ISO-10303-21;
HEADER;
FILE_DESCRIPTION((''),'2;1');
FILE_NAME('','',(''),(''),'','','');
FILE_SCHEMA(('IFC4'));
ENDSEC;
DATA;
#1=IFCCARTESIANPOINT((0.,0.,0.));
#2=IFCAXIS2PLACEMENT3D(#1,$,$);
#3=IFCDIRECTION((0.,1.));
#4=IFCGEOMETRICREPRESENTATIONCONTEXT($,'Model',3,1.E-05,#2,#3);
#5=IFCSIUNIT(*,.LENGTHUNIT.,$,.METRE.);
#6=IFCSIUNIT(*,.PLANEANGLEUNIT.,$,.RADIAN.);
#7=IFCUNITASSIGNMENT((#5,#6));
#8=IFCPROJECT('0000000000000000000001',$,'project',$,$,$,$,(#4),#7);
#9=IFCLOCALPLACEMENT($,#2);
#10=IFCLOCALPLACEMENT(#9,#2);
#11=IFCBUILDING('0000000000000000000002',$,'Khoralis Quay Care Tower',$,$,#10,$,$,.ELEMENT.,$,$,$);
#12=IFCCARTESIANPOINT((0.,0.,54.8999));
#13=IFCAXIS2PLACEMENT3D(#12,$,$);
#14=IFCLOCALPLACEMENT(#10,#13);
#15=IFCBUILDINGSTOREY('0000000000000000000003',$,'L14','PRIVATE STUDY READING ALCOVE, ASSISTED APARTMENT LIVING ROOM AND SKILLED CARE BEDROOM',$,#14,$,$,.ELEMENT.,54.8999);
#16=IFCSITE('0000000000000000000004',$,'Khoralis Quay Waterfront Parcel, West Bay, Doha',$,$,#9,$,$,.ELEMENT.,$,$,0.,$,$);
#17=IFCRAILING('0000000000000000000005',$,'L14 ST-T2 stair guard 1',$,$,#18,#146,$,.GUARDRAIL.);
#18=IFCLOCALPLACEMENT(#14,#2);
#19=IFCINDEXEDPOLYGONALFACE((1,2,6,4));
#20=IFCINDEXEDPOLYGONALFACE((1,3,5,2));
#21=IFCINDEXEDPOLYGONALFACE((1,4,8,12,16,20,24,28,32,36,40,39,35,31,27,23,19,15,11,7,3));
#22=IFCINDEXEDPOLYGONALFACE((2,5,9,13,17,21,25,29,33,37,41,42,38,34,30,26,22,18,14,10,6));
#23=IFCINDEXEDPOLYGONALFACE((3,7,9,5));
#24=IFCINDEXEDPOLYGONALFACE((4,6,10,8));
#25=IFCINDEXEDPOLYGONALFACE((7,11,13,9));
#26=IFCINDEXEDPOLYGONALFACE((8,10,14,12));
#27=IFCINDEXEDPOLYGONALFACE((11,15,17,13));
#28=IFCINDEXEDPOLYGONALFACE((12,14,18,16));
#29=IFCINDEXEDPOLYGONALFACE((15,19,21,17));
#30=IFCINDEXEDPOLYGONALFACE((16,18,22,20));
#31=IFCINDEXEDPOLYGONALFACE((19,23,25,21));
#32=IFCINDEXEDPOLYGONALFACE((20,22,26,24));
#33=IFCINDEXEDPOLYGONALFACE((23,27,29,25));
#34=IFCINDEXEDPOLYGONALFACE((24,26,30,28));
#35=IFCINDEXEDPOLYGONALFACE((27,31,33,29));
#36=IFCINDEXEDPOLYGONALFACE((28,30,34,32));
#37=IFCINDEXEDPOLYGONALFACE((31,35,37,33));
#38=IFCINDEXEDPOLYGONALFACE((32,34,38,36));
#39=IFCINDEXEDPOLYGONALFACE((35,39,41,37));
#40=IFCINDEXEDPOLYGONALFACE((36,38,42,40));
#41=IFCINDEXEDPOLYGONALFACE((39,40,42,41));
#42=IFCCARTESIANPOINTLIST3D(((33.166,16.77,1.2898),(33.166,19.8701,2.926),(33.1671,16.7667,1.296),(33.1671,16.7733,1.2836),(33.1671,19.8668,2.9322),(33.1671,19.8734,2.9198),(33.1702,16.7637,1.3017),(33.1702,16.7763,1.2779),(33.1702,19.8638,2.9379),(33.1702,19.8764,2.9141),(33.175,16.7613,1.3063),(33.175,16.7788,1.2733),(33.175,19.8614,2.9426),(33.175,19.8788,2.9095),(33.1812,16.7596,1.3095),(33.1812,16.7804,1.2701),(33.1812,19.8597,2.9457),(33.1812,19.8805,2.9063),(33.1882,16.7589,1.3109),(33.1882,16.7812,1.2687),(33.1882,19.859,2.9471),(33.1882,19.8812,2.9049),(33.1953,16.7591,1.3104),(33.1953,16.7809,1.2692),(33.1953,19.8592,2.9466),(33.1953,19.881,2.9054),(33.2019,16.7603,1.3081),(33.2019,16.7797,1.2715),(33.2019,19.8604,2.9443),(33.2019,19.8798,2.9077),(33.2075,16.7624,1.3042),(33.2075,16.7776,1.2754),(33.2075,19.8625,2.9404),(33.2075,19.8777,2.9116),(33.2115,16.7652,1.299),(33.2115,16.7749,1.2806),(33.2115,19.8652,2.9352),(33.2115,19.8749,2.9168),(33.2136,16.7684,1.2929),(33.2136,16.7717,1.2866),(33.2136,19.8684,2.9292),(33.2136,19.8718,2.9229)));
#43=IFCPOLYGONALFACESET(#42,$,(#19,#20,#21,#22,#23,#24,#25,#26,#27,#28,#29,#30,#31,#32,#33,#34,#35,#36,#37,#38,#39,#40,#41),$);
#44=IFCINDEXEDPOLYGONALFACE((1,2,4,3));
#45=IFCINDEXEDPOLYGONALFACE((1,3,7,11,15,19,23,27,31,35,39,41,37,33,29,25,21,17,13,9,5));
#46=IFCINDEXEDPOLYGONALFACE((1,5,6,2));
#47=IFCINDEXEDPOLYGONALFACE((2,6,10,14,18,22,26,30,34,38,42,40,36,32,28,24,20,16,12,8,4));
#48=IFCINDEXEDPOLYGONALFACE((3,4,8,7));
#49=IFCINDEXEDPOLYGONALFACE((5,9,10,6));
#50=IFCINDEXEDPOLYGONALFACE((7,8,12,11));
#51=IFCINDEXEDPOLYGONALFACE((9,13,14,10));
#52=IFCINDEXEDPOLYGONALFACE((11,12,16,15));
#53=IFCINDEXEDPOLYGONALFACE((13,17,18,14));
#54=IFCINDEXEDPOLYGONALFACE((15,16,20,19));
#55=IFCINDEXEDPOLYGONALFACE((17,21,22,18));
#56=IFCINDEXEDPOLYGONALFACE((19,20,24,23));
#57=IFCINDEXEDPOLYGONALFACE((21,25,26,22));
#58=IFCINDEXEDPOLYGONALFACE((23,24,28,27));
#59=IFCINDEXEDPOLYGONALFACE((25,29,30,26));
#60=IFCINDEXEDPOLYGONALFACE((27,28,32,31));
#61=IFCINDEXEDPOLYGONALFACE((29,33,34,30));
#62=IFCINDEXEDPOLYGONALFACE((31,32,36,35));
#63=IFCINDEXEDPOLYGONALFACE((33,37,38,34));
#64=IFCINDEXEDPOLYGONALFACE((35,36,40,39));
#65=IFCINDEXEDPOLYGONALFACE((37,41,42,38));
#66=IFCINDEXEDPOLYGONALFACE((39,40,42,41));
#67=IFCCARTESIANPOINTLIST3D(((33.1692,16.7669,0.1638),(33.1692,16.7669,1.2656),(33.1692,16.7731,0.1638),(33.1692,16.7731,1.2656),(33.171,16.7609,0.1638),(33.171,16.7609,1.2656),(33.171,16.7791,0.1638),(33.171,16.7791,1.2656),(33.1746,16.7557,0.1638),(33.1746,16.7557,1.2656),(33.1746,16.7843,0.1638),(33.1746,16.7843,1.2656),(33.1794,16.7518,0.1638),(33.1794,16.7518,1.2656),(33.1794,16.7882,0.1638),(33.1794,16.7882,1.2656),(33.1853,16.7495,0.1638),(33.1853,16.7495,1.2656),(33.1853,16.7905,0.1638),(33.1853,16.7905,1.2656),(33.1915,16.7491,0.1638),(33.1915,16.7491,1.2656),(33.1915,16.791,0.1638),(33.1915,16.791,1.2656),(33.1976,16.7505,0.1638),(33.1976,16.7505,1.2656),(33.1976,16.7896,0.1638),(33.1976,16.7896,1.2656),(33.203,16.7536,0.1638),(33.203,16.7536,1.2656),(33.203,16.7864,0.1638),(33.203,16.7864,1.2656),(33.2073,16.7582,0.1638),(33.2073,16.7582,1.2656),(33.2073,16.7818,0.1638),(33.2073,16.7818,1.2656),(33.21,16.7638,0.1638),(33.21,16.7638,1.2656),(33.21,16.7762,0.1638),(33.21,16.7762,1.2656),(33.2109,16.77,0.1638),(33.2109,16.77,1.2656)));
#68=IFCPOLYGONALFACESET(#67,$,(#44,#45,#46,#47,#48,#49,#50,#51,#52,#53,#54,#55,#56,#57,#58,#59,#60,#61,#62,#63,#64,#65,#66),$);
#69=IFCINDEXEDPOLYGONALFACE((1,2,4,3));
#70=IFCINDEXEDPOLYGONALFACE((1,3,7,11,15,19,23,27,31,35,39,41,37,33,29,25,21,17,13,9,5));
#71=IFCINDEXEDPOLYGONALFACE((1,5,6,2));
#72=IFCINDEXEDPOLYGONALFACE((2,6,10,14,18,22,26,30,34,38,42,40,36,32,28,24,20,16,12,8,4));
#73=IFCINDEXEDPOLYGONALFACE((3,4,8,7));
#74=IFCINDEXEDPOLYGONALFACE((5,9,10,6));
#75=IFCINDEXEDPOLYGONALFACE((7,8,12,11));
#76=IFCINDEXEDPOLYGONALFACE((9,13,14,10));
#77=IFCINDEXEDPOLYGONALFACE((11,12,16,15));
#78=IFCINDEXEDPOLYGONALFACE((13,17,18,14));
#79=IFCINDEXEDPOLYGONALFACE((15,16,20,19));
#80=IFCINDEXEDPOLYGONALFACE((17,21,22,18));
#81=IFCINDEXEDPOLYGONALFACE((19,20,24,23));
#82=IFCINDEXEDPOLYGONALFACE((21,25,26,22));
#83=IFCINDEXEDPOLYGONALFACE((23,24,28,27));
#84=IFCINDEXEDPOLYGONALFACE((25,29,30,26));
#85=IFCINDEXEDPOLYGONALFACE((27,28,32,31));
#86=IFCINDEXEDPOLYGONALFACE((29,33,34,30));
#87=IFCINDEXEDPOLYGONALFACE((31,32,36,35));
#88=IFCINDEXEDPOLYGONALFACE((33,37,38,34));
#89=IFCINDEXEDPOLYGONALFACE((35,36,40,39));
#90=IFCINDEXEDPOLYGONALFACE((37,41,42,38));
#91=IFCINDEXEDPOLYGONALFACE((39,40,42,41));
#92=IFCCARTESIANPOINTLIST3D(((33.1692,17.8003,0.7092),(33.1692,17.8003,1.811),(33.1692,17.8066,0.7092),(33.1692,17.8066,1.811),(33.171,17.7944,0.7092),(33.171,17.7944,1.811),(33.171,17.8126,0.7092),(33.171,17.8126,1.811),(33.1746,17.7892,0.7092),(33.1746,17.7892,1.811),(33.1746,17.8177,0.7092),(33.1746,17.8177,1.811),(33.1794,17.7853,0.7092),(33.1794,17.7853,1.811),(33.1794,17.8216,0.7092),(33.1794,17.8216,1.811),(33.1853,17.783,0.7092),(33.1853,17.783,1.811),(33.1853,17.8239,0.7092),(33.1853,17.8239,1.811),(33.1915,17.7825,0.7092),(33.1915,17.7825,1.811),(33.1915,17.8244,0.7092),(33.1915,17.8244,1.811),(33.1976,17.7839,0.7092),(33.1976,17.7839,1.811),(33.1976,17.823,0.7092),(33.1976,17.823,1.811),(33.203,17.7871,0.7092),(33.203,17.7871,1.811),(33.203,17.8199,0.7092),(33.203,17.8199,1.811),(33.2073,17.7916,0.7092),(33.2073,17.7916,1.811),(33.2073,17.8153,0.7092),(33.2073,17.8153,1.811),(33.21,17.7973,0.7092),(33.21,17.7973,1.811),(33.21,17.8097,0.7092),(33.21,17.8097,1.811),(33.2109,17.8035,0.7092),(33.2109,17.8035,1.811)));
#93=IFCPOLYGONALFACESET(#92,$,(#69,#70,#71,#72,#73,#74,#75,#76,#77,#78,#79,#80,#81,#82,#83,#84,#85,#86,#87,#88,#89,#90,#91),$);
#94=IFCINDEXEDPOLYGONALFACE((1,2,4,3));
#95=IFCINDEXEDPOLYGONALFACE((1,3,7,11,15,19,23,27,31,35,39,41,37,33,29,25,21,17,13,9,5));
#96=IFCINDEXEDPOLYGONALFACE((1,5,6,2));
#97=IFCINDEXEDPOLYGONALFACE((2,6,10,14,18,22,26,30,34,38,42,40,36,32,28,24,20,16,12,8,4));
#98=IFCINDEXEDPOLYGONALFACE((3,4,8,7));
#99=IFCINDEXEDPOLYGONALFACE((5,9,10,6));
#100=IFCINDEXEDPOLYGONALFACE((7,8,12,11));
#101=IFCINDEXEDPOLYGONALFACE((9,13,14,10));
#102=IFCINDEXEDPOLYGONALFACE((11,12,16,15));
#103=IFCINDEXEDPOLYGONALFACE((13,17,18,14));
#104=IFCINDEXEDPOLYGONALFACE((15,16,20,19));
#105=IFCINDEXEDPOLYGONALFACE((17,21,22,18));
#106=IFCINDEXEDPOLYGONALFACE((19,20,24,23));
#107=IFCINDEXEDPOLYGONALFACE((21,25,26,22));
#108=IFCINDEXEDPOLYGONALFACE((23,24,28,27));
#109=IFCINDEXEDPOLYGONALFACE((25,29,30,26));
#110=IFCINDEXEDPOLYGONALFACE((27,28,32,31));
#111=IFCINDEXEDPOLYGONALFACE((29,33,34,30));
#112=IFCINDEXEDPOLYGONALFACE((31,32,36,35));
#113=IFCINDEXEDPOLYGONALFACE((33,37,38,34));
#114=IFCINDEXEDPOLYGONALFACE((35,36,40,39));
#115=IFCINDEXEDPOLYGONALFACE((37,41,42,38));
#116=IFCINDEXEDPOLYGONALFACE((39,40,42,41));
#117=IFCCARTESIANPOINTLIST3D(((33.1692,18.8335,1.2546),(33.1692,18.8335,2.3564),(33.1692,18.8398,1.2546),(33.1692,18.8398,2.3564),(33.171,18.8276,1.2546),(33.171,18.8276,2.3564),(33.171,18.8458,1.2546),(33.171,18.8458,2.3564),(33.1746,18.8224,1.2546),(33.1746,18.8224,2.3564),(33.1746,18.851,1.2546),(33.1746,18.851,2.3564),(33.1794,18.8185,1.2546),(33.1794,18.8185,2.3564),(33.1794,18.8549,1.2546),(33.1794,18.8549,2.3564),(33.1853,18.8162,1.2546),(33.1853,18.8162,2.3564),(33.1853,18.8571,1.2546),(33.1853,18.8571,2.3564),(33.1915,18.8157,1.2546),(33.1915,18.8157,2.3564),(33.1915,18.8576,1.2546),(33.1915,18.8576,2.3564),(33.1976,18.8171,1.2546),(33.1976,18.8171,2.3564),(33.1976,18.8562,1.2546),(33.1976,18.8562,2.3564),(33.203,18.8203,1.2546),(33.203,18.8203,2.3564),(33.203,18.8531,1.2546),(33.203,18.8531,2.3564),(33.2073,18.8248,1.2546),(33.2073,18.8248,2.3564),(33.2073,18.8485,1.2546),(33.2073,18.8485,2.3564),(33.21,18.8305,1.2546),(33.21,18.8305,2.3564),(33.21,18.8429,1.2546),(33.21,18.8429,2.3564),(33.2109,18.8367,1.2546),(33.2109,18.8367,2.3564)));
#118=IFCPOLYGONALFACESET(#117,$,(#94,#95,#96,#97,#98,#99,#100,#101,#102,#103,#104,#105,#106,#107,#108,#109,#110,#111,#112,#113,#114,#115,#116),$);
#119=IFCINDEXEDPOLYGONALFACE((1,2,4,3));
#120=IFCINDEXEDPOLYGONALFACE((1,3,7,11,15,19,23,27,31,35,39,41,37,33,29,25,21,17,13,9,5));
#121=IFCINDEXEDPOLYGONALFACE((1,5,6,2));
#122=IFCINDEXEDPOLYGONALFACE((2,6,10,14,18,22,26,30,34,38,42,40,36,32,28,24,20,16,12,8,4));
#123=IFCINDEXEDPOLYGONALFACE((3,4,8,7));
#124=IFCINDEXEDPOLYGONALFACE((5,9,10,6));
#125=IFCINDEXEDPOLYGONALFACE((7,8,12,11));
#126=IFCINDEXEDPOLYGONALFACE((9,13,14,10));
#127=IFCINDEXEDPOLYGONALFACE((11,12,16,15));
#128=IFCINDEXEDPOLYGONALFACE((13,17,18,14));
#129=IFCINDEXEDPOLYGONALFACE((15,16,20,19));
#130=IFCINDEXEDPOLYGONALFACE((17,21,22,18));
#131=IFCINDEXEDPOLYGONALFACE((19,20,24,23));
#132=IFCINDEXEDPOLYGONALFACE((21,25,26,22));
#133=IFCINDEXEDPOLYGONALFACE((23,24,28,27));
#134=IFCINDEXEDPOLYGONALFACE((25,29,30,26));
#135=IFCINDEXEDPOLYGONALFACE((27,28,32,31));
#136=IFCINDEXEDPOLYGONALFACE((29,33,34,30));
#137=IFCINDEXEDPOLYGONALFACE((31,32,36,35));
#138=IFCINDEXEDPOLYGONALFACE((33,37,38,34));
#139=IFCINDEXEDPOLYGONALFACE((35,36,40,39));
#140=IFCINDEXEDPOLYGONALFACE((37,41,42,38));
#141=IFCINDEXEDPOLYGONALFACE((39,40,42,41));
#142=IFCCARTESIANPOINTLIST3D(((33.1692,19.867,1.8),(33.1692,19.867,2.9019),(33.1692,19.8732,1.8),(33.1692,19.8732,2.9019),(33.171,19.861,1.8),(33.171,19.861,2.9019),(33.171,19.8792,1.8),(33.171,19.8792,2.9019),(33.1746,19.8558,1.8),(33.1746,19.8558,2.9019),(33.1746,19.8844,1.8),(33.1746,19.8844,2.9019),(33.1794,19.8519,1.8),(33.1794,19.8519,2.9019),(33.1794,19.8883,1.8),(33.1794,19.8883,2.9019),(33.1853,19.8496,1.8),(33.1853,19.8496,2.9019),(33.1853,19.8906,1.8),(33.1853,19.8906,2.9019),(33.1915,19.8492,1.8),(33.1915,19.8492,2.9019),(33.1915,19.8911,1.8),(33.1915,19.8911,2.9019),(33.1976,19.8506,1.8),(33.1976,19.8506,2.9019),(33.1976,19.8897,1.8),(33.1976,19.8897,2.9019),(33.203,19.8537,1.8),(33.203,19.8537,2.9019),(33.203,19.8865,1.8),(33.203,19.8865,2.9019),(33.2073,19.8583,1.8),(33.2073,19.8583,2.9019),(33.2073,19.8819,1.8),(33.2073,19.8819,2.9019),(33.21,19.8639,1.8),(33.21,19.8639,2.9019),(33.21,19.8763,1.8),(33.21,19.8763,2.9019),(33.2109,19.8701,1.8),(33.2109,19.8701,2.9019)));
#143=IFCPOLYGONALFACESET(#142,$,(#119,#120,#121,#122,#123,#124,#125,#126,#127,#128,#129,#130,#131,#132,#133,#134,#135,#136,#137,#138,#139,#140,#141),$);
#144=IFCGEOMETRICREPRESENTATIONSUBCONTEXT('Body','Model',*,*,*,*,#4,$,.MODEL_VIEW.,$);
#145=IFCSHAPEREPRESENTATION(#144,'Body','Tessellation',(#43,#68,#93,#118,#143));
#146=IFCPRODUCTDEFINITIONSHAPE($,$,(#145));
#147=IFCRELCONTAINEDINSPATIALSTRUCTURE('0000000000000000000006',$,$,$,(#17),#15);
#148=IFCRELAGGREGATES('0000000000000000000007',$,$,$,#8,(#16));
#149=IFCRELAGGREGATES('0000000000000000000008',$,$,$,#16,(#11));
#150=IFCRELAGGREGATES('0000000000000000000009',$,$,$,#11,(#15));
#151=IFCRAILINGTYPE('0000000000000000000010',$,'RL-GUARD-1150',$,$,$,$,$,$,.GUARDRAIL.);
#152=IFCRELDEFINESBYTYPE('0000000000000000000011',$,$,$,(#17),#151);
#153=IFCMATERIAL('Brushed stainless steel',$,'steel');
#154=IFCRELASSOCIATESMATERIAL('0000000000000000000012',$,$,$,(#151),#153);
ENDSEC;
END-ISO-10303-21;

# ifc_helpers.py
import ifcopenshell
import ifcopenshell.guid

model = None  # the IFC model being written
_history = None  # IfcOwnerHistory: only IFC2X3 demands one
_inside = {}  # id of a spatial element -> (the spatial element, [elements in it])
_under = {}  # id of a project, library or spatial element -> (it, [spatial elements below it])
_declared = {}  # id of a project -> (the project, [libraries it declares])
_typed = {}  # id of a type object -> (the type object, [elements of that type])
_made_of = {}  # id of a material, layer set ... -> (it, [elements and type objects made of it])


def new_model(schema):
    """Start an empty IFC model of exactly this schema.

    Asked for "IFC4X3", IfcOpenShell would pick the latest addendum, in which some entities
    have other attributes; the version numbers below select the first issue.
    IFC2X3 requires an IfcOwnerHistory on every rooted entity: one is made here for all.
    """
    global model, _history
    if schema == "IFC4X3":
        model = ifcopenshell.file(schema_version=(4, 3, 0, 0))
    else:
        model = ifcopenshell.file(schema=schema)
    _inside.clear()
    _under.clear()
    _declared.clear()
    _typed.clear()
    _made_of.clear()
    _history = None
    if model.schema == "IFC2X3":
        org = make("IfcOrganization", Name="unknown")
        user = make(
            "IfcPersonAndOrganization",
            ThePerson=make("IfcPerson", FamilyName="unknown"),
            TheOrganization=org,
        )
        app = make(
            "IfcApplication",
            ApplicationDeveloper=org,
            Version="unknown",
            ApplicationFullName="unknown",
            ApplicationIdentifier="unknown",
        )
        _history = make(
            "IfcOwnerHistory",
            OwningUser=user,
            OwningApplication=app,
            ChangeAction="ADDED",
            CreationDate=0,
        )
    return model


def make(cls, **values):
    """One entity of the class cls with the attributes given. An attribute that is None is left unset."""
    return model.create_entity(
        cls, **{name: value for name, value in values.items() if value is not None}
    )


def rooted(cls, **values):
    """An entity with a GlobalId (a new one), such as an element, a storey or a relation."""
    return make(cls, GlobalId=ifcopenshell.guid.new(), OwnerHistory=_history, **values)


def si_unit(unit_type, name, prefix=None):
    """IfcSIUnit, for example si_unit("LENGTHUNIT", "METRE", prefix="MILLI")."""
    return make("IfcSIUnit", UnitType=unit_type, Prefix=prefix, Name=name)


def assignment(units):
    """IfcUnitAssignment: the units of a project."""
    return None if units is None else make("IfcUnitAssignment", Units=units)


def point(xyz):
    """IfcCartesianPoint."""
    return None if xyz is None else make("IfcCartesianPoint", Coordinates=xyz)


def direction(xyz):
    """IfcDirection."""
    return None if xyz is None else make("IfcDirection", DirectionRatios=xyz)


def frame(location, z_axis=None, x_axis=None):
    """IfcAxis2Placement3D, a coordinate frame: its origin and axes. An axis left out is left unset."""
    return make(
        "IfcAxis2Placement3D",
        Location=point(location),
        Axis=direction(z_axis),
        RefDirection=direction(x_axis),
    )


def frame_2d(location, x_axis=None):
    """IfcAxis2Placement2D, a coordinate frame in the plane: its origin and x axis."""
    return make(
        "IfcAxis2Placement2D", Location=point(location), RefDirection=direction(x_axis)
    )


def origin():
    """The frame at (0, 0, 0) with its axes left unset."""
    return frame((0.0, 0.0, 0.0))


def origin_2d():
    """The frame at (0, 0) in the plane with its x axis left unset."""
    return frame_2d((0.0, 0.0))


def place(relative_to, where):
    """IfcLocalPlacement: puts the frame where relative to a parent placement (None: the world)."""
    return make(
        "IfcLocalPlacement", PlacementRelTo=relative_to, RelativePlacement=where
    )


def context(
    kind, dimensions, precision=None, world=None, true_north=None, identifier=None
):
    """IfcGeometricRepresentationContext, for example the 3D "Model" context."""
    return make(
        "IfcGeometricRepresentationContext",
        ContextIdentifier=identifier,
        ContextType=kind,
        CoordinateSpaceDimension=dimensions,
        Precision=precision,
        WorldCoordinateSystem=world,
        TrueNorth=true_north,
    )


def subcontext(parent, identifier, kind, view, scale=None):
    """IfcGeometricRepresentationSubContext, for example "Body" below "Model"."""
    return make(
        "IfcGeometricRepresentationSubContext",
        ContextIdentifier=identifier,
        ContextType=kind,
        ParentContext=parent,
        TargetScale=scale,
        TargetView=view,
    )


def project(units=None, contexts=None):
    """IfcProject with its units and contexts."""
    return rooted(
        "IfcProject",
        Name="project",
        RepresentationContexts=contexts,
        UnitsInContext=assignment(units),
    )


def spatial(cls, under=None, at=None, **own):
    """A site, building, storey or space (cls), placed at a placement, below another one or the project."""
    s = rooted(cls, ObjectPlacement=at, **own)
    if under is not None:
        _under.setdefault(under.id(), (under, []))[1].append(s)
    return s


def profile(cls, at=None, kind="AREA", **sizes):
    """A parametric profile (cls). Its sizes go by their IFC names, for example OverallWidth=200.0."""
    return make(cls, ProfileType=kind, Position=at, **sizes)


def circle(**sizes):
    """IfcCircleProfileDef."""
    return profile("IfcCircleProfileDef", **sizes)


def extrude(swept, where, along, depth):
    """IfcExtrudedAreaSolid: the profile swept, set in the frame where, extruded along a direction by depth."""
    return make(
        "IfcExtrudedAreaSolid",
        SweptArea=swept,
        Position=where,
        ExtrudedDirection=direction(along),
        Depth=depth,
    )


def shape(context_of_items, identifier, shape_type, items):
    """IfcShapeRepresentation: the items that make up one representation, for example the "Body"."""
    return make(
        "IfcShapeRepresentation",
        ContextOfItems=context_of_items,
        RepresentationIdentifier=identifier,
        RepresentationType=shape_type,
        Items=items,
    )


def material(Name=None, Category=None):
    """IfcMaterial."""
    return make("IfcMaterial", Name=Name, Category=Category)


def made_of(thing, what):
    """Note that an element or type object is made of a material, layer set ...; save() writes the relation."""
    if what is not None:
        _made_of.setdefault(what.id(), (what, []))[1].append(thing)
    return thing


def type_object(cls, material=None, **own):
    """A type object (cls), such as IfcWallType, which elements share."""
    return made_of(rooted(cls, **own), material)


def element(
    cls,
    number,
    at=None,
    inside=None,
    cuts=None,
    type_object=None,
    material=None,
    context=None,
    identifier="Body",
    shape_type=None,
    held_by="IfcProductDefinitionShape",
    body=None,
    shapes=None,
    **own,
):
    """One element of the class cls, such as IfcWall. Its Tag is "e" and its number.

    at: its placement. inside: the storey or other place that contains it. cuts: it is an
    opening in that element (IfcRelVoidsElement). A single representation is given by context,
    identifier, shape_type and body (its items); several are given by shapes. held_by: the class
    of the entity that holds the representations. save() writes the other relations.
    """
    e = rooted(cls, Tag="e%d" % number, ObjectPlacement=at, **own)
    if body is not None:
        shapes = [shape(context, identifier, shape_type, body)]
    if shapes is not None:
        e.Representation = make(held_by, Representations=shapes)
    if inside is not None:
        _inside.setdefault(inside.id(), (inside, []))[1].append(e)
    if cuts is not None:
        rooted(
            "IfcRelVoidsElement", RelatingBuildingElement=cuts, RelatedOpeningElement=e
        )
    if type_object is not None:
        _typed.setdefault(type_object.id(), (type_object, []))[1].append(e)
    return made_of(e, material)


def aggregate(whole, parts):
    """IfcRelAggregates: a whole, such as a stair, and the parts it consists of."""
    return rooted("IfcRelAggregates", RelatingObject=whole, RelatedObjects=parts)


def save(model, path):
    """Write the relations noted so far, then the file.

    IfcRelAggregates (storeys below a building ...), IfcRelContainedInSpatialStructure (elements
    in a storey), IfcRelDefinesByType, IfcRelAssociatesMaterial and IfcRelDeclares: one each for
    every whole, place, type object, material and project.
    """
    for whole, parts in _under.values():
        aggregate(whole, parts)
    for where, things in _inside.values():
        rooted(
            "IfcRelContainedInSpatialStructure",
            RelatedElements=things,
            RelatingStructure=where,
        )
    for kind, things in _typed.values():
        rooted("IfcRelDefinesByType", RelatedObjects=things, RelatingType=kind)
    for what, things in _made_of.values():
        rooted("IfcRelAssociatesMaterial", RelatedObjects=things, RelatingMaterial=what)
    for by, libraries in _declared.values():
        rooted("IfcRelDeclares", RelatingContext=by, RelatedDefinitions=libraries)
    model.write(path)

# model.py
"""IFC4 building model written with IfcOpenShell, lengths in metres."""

from ifc_helpers import new_model, si_unit, direction, frame, origin, origin_2d, place, context, subcontext, project, spatial, circle, extrude, material, type_object, element, save


model = new_model("IFC4")

# Units and contexts
model_context = context("Model", 3, precision=1e-05, world=origin(), true_north=direction((0.0, 1.0)))
body_context = subcontext(model_context, "Body", "Model", "MODEL_VIEW")
ifc_project = project(units=[si_unit("LENGTHUNIT", "METRE"), si_unit("PLANEANGLEUNIT", "RADIAN")], contexts=[model_context])

# Site, building, storey
site_placement = place(None, origin())
site = spatial("IfcSite", under=ifc_project, at=site_placement, Name="Khoralis Quay Waterfront Parcel, West Bay, Doha", CompositionType="ELEMENT", RefElevation=0.0)
building_placement = place(site_placement, origin())
building = spatial("IfcBuilding", under=site, at=building_placement, Name="Khoralis Quay Care Tower", CompositionType="ELEMENT")
storey_placement = place(building_placement, frame((0.0, 0.0, 54.8999)))
storey = spatial("IfcBuildingStorey", under=building, at=storey_placement, Name="L14", Description="PRIVATE STUDY READING ALCOVE, ASSISTED APARTMENT LIVING ROOM AND SKILLED CARE BEDROOM", CompositionType="ELEMENT", Elevation=54.8999)

# Railing
ifc_material_1 = material(Name="Brushed stainless steel", Category="steel")
railing_type_1 = type_object("IfcRailingType", Name="RL-GUARD-1150", PredefinedType="GUARDRAIL", material=ifc_material_1)
railing_1_placement = place(storey_placement, frame((33.1899, 16.77, 0.1638)))
element("IfcRailing", 1, at=railing_1_placement, inside=storey, type_object=railing_type_1, Name="L14 ST-T2 stair guard 1", PredefinedType="GUARDRAIL", context=body_context, shape_type="SweptSolid", body=[
    extrude(circle(Radius=0.0239, at=origin_2d()), frame((0.0, 0.0, 1.126), z_axis=(0.0, 0.884377, 0.466774), x_axis=(-1.0, 0.0, 0.0)), (0.0, 0.0, 1.0), 3.5054),
    extrude(circle(Radius=0.021, at=origin_2d()), origin(), (0.0, 0.0, 1.0), 1.1018),
    extrude(circle(Radius=0.021, at=origin_2d()), frame((0.0, 1.0334, 0.5454)), (0.0, 0.0, 1.0), 1.1018),
    extrude(circle(Radius=0.021, at=origin_2d()), frame((0.0, 2.0667, 1.0908)), (0.0, 0.0, 1.0), 1.1018),
    extrude(circle(Radius=0.021, at=origin_2d()), frame((0.0, 3.1001, 1.6362)), (0.0, 0.0, 1.0), 1.1018),
])

save(model, "model.ifc")
